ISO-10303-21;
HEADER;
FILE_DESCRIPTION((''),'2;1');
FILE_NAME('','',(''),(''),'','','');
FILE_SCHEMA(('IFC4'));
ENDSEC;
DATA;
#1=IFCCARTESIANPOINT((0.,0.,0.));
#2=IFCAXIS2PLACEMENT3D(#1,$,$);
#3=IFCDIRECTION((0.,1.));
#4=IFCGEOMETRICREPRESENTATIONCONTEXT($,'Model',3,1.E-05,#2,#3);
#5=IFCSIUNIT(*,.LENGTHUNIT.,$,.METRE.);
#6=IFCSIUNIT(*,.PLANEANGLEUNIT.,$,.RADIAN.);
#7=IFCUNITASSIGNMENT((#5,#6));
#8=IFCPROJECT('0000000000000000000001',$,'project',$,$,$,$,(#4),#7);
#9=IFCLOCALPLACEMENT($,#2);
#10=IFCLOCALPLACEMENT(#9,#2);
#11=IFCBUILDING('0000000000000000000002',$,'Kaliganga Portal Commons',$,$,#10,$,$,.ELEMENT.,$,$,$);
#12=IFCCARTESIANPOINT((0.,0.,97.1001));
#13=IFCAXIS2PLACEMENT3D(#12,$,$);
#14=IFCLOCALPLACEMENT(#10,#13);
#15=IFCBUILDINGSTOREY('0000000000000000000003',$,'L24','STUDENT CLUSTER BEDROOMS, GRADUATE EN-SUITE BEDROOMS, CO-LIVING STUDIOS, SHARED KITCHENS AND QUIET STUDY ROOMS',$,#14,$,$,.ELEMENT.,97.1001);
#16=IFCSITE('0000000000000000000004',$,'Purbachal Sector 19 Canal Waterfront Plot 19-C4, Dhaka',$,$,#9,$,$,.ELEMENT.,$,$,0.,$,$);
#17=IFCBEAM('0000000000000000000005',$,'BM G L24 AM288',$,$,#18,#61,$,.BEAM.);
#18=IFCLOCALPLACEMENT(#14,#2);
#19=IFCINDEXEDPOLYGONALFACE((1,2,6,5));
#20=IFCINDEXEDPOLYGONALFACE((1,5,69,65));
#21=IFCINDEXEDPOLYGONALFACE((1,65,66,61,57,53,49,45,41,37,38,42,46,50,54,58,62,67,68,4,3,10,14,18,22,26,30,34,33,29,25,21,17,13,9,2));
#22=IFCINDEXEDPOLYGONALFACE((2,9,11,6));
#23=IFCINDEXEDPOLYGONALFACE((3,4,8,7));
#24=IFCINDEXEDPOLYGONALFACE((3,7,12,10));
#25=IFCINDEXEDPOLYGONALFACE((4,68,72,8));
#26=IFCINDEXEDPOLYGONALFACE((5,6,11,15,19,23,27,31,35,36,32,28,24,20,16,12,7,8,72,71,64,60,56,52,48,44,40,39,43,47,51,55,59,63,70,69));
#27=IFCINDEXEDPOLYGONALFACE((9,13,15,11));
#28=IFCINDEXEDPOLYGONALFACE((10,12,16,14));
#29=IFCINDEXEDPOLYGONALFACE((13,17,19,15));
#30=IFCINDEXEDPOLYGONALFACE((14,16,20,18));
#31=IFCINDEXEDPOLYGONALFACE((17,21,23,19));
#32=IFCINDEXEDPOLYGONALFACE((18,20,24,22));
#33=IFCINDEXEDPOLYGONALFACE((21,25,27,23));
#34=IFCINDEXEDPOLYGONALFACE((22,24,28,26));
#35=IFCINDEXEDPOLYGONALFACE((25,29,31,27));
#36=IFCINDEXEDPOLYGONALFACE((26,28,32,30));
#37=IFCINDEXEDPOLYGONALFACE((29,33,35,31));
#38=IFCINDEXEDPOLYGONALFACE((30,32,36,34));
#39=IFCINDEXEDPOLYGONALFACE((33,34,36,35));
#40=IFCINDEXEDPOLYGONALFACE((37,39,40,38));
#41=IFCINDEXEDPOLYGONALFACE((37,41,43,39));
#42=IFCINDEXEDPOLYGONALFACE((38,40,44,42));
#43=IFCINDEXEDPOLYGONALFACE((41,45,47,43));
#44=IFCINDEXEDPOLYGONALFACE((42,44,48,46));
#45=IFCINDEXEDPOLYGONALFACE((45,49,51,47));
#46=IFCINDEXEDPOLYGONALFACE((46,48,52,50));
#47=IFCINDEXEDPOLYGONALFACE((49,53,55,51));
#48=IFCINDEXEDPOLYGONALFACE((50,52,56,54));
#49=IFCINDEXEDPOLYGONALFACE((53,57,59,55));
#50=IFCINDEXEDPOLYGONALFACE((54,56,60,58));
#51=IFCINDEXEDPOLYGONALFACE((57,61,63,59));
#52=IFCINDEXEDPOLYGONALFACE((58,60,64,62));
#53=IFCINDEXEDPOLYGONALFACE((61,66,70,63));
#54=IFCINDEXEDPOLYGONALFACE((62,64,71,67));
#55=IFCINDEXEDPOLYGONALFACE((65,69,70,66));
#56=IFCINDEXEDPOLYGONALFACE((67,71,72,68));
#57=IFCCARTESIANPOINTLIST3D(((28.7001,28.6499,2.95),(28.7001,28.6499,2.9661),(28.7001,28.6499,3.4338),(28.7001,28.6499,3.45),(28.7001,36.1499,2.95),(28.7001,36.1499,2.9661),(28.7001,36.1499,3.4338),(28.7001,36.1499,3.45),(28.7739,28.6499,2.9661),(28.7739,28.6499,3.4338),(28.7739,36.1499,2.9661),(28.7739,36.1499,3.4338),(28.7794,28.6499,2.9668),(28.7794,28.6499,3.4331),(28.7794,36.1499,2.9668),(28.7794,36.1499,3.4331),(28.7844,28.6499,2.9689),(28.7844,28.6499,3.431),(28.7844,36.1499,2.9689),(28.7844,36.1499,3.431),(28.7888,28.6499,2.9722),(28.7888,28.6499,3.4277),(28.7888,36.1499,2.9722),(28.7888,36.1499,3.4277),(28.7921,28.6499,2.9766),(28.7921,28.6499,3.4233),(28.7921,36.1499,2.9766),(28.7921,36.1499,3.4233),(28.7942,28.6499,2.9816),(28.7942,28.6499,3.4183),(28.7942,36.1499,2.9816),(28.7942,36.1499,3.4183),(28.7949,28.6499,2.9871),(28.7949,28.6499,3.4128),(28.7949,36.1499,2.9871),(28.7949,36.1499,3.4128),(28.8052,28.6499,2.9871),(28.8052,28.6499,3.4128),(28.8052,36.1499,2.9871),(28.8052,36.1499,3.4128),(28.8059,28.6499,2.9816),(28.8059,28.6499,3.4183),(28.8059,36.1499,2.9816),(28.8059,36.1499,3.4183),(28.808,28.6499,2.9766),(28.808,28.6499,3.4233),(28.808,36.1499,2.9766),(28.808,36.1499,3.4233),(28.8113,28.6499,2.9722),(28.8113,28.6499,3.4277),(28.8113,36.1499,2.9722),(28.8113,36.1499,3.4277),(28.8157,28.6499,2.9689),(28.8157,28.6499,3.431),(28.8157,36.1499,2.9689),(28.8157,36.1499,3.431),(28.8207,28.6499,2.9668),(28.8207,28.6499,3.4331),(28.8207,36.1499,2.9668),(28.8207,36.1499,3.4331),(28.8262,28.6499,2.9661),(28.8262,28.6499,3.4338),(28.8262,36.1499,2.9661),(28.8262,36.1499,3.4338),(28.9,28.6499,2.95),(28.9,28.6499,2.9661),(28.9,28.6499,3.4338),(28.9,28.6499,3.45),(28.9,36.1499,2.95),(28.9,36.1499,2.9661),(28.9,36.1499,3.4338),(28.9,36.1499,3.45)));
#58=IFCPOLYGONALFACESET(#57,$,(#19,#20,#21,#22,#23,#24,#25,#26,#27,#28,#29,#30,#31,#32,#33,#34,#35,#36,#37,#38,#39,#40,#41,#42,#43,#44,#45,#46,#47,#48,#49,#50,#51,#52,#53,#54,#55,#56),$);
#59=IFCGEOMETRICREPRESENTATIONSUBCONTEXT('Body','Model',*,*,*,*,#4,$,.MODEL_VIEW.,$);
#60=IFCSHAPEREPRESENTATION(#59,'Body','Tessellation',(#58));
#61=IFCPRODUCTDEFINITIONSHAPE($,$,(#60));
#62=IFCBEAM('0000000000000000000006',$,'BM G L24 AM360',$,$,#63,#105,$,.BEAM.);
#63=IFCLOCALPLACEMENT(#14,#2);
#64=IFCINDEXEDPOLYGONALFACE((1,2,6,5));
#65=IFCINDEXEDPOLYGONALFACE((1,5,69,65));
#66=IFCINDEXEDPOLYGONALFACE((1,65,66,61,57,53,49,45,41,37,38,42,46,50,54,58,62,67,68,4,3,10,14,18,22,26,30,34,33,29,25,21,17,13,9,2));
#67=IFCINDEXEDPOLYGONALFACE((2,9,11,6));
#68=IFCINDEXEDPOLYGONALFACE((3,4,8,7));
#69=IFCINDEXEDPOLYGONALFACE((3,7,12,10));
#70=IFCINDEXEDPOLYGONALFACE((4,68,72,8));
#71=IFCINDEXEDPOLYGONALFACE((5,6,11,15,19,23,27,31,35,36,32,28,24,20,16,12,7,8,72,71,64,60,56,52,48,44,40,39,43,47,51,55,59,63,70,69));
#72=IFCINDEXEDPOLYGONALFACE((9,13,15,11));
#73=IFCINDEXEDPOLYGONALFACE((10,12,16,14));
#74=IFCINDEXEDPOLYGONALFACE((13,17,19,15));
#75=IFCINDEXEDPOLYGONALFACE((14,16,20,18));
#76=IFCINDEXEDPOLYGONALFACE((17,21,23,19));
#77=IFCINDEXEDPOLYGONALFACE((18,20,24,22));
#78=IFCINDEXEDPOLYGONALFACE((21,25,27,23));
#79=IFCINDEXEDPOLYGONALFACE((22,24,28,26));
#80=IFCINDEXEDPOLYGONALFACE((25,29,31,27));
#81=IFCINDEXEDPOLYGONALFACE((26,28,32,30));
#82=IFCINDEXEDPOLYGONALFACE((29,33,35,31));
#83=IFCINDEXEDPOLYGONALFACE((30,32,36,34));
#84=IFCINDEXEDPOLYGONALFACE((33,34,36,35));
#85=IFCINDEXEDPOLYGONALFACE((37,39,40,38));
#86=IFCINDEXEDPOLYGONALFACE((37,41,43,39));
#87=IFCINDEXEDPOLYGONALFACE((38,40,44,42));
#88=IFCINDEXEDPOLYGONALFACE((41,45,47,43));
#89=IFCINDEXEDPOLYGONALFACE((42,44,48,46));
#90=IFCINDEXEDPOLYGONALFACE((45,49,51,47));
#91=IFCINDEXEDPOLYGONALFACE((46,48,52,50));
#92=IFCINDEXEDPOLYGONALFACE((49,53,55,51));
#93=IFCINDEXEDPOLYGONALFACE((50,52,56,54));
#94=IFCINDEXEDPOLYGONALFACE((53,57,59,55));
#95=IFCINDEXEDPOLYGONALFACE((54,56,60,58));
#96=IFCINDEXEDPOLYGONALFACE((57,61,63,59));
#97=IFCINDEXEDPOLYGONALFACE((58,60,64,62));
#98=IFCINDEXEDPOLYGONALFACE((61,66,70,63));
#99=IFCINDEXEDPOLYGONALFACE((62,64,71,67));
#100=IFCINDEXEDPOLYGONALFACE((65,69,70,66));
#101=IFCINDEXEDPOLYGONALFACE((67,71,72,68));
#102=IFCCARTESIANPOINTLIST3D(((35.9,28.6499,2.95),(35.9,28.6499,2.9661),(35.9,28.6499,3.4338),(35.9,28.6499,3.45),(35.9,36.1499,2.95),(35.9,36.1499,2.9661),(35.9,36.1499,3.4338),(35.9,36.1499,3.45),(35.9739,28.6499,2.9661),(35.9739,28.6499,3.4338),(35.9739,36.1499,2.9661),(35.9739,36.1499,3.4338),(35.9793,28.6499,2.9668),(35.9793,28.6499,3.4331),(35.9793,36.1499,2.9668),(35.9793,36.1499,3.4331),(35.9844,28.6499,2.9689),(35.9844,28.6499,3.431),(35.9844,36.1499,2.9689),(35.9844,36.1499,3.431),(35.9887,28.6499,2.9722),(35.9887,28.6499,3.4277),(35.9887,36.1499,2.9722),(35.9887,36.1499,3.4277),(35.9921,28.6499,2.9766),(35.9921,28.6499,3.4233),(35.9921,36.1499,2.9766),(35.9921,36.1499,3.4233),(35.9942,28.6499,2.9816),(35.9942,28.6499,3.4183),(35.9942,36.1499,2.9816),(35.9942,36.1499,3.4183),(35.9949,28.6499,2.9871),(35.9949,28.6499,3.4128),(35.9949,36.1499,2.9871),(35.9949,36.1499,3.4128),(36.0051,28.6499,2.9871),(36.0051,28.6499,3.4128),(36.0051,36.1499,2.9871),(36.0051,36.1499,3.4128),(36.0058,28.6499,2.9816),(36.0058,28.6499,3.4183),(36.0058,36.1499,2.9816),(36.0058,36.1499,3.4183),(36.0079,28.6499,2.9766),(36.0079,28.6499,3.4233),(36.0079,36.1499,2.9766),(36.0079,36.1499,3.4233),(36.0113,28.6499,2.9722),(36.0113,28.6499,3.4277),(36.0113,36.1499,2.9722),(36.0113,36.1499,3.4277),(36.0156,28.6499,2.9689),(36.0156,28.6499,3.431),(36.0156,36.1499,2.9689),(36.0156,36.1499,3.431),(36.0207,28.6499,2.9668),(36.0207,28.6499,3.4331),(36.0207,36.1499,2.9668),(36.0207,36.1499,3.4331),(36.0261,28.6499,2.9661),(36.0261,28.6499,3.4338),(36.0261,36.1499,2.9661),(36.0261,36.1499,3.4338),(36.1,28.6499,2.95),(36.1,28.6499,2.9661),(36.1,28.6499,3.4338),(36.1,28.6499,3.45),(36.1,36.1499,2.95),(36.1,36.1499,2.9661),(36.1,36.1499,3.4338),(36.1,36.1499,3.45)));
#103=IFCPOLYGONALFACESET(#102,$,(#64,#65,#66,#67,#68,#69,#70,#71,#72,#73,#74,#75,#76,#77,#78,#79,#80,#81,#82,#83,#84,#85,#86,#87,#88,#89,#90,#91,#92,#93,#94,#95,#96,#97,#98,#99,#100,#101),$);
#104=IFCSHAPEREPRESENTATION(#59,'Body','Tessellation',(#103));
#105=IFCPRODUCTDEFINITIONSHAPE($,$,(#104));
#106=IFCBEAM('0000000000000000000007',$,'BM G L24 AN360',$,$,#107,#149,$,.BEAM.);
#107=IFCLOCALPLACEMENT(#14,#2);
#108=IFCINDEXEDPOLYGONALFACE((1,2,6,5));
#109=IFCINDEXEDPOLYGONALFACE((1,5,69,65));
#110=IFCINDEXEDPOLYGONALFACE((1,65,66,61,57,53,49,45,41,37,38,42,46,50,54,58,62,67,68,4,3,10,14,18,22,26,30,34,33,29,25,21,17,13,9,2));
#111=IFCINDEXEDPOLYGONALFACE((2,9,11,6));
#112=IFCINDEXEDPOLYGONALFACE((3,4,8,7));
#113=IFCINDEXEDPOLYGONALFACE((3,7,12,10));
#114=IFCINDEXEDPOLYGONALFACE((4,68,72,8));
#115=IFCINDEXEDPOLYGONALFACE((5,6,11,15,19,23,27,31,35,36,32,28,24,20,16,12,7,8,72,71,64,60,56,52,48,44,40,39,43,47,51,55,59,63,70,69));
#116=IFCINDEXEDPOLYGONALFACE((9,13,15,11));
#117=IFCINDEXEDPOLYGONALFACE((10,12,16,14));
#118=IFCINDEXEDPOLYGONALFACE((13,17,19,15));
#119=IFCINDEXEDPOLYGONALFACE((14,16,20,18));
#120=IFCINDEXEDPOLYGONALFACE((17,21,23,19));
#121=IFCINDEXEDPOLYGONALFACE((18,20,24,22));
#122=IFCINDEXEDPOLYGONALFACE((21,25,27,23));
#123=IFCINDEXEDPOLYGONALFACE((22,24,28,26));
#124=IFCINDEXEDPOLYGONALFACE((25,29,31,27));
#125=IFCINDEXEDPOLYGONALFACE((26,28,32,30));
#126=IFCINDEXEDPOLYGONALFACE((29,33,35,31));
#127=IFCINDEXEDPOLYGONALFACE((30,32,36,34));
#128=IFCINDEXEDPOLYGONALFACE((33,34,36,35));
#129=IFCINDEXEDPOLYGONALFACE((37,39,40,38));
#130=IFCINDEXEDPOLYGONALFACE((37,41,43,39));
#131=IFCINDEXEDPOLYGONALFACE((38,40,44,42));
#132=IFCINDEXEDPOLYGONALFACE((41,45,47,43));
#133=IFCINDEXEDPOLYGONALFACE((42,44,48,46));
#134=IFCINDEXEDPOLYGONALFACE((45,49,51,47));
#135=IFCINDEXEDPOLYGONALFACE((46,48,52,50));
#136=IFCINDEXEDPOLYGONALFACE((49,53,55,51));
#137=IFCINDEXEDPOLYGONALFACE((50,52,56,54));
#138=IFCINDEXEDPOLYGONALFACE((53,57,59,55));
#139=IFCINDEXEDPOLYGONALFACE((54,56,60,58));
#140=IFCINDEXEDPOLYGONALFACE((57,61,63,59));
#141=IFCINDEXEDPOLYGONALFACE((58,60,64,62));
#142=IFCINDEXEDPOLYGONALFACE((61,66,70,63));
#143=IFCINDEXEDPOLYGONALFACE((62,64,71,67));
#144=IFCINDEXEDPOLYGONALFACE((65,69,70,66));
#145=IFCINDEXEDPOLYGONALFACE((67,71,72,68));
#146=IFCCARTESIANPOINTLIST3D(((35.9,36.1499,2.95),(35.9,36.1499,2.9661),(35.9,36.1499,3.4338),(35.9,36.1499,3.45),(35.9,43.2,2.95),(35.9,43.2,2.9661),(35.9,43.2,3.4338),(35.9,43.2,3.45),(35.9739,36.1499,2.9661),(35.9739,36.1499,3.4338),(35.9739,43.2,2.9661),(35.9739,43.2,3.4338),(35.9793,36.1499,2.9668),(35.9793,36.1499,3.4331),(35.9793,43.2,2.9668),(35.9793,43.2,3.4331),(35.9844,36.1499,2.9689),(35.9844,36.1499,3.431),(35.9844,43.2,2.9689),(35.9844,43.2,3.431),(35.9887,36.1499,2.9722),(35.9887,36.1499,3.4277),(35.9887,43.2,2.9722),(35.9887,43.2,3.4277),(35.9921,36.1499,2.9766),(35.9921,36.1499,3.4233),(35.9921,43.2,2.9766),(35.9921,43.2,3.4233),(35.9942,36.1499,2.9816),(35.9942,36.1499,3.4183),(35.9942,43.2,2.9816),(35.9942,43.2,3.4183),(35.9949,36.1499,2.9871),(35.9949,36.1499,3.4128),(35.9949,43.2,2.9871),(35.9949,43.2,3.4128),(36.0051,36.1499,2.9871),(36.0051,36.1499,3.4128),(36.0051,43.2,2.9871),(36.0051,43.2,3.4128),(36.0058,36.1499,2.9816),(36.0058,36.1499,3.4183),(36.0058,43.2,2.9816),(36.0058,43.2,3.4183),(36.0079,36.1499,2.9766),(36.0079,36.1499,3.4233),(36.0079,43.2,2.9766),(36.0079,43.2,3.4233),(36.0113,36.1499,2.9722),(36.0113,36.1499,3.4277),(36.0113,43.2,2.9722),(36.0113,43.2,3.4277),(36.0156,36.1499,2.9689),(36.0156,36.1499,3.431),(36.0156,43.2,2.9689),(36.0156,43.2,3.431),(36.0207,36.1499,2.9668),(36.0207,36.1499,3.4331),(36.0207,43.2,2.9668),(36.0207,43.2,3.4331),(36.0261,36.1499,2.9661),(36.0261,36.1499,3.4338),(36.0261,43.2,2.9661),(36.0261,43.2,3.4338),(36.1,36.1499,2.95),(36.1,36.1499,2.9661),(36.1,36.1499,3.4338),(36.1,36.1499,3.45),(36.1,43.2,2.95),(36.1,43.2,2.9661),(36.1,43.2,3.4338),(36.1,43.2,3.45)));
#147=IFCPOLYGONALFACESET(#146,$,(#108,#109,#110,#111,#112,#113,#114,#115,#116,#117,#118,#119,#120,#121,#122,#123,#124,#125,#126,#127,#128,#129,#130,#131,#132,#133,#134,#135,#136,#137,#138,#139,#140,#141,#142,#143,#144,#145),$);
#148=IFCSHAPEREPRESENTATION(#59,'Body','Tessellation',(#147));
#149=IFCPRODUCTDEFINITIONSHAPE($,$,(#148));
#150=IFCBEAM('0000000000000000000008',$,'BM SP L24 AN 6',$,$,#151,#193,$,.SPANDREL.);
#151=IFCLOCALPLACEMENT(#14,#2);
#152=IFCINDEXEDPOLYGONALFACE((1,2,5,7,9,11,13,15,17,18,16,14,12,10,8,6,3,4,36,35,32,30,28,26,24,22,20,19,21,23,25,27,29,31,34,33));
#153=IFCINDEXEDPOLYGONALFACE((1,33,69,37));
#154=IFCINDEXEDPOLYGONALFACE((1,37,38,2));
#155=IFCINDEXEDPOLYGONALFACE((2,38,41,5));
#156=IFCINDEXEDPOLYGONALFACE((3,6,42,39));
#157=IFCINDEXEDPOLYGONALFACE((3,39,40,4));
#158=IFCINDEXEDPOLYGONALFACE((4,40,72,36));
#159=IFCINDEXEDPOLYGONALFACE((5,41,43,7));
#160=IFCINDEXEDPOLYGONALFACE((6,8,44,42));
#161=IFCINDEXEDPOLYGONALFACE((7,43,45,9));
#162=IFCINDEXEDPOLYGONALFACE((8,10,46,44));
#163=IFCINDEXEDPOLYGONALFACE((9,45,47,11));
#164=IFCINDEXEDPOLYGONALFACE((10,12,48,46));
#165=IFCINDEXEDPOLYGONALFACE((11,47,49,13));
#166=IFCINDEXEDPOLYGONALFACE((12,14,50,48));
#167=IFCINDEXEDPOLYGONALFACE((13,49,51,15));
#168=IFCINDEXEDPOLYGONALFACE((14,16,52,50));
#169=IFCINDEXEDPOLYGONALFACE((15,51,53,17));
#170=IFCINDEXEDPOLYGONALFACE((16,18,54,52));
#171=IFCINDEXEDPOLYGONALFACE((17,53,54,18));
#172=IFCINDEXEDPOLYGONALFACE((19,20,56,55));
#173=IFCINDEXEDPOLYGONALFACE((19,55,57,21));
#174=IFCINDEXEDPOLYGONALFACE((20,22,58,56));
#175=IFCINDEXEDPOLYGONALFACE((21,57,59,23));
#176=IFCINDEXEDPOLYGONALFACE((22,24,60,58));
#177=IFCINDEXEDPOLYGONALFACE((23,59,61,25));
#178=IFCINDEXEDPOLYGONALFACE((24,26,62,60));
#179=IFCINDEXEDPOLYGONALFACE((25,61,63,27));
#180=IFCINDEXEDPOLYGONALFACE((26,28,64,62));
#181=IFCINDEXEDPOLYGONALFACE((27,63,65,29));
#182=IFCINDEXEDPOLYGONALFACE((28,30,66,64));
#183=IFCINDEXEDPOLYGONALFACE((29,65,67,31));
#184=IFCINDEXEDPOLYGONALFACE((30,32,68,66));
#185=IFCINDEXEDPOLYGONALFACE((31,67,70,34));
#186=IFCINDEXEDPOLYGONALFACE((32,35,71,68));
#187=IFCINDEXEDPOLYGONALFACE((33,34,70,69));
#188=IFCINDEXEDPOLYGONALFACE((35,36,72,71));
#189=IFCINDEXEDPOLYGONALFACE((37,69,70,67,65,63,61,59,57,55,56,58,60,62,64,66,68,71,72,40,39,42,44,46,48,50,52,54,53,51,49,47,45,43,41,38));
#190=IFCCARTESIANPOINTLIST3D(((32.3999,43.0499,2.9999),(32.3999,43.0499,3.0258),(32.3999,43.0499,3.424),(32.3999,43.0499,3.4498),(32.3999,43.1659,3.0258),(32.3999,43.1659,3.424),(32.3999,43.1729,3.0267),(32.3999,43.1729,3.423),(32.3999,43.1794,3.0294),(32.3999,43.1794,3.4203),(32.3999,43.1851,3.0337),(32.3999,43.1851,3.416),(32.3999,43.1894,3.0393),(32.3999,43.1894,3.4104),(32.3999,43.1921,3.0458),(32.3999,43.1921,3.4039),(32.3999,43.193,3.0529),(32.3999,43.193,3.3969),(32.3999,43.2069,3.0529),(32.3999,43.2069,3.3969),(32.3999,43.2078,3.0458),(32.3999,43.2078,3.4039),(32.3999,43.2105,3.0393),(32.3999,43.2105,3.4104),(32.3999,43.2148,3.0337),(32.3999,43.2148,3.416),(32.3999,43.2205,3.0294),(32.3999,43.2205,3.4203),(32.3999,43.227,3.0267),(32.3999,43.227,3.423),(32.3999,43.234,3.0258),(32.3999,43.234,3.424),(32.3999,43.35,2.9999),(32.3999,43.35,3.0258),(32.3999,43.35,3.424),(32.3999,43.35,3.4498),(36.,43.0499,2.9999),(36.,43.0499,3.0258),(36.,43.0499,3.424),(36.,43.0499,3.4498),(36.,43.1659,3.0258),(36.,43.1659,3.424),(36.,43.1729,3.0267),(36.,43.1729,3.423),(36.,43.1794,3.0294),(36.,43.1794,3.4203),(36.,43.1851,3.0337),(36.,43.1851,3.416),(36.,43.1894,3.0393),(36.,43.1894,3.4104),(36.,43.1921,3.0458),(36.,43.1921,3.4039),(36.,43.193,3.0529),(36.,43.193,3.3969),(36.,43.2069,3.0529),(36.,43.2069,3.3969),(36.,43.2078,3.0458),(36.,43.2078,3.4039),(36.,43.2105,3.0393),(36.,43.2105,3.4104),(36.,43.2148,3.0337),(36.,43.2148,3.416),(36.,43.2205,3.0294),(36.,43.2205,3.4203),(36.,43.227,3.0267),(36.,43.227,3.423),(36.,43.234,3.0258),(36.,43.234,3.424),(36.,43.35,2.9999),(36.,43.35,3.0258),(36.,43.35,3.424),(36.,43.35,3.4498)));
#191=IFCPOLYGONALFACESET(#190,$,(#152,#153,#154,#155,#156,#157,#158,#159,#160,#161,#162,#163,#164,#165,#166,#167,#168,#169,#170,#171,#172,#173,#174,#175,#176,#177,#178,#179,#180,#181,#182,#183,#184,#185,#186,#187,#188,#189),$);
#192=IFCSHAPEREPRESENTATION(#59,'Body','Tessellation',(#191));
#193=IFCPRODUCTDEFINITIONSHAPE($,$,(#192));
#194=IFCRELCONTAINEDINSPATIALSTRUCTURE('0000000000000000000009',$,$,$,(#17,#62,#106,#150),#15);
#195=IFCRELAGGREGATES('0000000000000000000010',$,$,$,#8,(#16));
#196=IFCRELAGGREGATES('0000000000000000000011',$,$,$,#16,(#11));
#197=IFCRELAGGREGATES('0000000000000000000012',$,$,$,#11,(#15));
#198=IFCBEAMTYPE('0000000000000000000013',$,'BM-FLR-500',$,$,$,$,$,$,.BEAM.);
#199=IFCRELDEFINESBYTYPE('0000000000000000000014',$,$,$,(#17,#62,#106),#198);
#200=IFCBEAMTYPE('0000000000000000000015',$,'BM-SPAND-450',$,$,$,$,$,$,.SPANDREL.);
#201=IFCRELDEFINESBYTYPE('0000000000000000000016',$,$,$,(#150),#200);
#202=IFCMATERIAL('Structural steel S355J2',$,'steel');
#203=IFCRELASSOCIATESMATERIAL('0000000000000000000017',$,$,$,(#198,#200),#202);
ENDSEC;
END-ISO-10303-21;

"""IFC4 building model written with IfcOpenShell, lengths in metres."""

from ifc_helpers import new_model, si_unit, direction, frame, origin, origin_2d, place, context, subcontext, project, spatial, i_section, extrude, source, transform, mapped, material, material_profile, profile_set, type_object, element, save


model = new_model("IFC4")

# Units and contexts
model_context = context("Model", 3, precision=1e-05, world=origin(), true_north=direction((0.0, 1.0)))
body_context = subcontext(model_context, "Body", "Model", "MODEL_VIEW")
ifc_project = project(units=[si_unit("LENGTHUNIT", "METRE"), si_unit("PLANEANGLEUNIT", "RADIAN")], contexts=[model_context])

# Site, building, storey
site_placement = place(None, origin())
site = spatial("IfcSite", under=ifc_project, at=site_placement, Name="Purbachal Sector 19 Canal Waterfront Plot 19-C4, Dhaka", CompositionType="ELEMENT", RefElevation=0.0)
building_placement = place(site_placement, origin())
building = spatial("IfcBuilding", under=site, at=building_placement, Name="Kaliganga Portal Commons", CompositionType="ELEMENT")
storey_placement = place(building_placement, frame((0.0, 0.0, 97.1001)))
storey = spatial("IfcBuildingStorey", under=building, at=storey_placement, Name="L24", Description="STUDENT CLUSTER BEDROOMS, GRADUATE EN-SUITE BEDROOMS, CO-LIVING STUDIOS, SHARED KITCHENS AND QUIET STUDY ROOMS", CompositionType="ELEMENT", Elevation=97.1001)

# Beams
ifc_material_1 = material(Name="Structural steel S355J2", Category="steel")
ifc_material_profile_1 = material_profile(ifc_material_1, i_section(OverallWidth=0.2, OverallDepth=0.5, WebThickness=0.0103, FlangeThickness=0.0161, FilletRadius=0.021, at=origin_2d()), Name="IPE 500")
ifc_profile_set_1 = profile_set([ifc_material_profile_1], Name="Structural steel S355J2 wide-flange")
beam_type_1 = type_object("IfcBeamType", Name="BM-FLR-500", PredefinedType="BEAM", material=ifc_profile_set_1)
shared_shape_1 = source(origin(), body_context, "Body", "SweptSolid", [
    extrude(i_section(OverallWidth=0.2, OverallDepth=0.5, WebThickness=0.0103, FlangeThickness=0.0161, FilletRadius=0.021, at=origin_2d()), origin(), (0.0, 0.0, 1.0), 7.5),
])
for number, where, z_axis, x_axis, name in (
    (1, (28.8, 28.6499, 3.2), (0.0, 1.0, 0.0), (-1.0, 0.0, 0.0), "BM G L24 AM288"),
    (2, (36.0, 28.6499, 3.2), (0.0, 1.0, 0.0), (-1.0, 0.0, 0.0), "BM G L24 AM360"),
):
    element("IfcBeam", number, at=place(storey_placement, frame(where, z_axis=z_axis, x_axis=x_axis)), inside=storey, type_object=beam_type_1, Name=name, PredefinedType="BEAM", context=body_context, shape_type="MappedRepresentation", body=[
        mapped(shared_shape_1, transform((0.0, 0.0, 0.0), x_axis=(1.0, 0.0, 0.0), y_axis=(0.0, 1.0, 0.0), z_axis=(0.0, 0.0, 1.0), scale=1.0)),
    ])
shared_shape_2 = source(origin(), body_context, "Body", "SweptSolid", [
    extrude(i_section(OverallWidth=0.2, OverallDepth=0.5, WebThickness=0.0103, FlangeThickness=0.0161, FilletRadius=0.021, at=origin_2d()), origin(), (0.0, 0.0, 1.0), 7.05),
])
beam_1_placement = place(storey_placement, frame((36.0, 36.1499, 3.2), z_axis=(0.0, 1.0, 0.0), x_axis=(-1.0, 0.0, 0.0)))
element("IfcBeam", 3, at=beam_1_placement, inside=storey, type_object=beam_type_1, Name="BM G L24 AN360", PredefinedType="BEAM", context=body_context, shape_type="MappedRepresentation", body=[
    mapped(shared_shape_2, transform((0.0, 0.0, 0.0), x_axis=(1.0, 0.0, 0.0), y_axis=(0.0, 1.0, 0.0), z_axis=(0.0, 0.0, 1.0), scale=1.0)),
])
ifc_material_profile_2 = material_profile(ifc_material_1, i_section(OverallWidth=0.3, OverallDepth=0.45, WebThickness=0.0139, FlangeThickness=0.0259, FilletRadius=0.0271, at=origin_2d()), Name="HE 450 B")
ifc_profile_set_2 = profile_set([ifc_material_profile_2], Name="Structural steel S355J2 wide-flange")
beam_type_2 = type_object("IfcBeamType", Name="BM-SPAND-450", PredefinedType="SPANDREL", material=ifc_profile_set_2)
shared_shape_3 = source(origin(), body_context, "Body", "SweptSolid", [
    extrude(i_section(OverallWidth=0.3, OverallDepth=0.45, WebThickness=0.0139, FlangeThickness=0.0259, FilletRadius=0.0271, at=origin_2d()), origin(), (0.0, 0.0, 1.0), 3.6001),
])
beam_2_placement = place(storey_placement, frame((32.3999, 43.2, 3.2249), z_axis=(1.0, 0.0, 0.0), x_axis=(0.0, 1.0, 0.0)))
element("IfcBeam", 4, at=beam_2_placement, inside=storey, type_object=beam_type_2, Name="BM SP L24 AN 6", PredefinedType="SPANDREL", context=body_context, shape_type="MappedRepresentation", body=[
    mapped(shared_shape_3, transform((0.0, 0.0, 0.0), x_axis=(1.0, 0.0, 0.0), y_axis=(0.0, 1.0, 0.0), z_axis=(0.0, 0.0, 1.0), scale=1.0)),
])

save(model, "model.ifc")
